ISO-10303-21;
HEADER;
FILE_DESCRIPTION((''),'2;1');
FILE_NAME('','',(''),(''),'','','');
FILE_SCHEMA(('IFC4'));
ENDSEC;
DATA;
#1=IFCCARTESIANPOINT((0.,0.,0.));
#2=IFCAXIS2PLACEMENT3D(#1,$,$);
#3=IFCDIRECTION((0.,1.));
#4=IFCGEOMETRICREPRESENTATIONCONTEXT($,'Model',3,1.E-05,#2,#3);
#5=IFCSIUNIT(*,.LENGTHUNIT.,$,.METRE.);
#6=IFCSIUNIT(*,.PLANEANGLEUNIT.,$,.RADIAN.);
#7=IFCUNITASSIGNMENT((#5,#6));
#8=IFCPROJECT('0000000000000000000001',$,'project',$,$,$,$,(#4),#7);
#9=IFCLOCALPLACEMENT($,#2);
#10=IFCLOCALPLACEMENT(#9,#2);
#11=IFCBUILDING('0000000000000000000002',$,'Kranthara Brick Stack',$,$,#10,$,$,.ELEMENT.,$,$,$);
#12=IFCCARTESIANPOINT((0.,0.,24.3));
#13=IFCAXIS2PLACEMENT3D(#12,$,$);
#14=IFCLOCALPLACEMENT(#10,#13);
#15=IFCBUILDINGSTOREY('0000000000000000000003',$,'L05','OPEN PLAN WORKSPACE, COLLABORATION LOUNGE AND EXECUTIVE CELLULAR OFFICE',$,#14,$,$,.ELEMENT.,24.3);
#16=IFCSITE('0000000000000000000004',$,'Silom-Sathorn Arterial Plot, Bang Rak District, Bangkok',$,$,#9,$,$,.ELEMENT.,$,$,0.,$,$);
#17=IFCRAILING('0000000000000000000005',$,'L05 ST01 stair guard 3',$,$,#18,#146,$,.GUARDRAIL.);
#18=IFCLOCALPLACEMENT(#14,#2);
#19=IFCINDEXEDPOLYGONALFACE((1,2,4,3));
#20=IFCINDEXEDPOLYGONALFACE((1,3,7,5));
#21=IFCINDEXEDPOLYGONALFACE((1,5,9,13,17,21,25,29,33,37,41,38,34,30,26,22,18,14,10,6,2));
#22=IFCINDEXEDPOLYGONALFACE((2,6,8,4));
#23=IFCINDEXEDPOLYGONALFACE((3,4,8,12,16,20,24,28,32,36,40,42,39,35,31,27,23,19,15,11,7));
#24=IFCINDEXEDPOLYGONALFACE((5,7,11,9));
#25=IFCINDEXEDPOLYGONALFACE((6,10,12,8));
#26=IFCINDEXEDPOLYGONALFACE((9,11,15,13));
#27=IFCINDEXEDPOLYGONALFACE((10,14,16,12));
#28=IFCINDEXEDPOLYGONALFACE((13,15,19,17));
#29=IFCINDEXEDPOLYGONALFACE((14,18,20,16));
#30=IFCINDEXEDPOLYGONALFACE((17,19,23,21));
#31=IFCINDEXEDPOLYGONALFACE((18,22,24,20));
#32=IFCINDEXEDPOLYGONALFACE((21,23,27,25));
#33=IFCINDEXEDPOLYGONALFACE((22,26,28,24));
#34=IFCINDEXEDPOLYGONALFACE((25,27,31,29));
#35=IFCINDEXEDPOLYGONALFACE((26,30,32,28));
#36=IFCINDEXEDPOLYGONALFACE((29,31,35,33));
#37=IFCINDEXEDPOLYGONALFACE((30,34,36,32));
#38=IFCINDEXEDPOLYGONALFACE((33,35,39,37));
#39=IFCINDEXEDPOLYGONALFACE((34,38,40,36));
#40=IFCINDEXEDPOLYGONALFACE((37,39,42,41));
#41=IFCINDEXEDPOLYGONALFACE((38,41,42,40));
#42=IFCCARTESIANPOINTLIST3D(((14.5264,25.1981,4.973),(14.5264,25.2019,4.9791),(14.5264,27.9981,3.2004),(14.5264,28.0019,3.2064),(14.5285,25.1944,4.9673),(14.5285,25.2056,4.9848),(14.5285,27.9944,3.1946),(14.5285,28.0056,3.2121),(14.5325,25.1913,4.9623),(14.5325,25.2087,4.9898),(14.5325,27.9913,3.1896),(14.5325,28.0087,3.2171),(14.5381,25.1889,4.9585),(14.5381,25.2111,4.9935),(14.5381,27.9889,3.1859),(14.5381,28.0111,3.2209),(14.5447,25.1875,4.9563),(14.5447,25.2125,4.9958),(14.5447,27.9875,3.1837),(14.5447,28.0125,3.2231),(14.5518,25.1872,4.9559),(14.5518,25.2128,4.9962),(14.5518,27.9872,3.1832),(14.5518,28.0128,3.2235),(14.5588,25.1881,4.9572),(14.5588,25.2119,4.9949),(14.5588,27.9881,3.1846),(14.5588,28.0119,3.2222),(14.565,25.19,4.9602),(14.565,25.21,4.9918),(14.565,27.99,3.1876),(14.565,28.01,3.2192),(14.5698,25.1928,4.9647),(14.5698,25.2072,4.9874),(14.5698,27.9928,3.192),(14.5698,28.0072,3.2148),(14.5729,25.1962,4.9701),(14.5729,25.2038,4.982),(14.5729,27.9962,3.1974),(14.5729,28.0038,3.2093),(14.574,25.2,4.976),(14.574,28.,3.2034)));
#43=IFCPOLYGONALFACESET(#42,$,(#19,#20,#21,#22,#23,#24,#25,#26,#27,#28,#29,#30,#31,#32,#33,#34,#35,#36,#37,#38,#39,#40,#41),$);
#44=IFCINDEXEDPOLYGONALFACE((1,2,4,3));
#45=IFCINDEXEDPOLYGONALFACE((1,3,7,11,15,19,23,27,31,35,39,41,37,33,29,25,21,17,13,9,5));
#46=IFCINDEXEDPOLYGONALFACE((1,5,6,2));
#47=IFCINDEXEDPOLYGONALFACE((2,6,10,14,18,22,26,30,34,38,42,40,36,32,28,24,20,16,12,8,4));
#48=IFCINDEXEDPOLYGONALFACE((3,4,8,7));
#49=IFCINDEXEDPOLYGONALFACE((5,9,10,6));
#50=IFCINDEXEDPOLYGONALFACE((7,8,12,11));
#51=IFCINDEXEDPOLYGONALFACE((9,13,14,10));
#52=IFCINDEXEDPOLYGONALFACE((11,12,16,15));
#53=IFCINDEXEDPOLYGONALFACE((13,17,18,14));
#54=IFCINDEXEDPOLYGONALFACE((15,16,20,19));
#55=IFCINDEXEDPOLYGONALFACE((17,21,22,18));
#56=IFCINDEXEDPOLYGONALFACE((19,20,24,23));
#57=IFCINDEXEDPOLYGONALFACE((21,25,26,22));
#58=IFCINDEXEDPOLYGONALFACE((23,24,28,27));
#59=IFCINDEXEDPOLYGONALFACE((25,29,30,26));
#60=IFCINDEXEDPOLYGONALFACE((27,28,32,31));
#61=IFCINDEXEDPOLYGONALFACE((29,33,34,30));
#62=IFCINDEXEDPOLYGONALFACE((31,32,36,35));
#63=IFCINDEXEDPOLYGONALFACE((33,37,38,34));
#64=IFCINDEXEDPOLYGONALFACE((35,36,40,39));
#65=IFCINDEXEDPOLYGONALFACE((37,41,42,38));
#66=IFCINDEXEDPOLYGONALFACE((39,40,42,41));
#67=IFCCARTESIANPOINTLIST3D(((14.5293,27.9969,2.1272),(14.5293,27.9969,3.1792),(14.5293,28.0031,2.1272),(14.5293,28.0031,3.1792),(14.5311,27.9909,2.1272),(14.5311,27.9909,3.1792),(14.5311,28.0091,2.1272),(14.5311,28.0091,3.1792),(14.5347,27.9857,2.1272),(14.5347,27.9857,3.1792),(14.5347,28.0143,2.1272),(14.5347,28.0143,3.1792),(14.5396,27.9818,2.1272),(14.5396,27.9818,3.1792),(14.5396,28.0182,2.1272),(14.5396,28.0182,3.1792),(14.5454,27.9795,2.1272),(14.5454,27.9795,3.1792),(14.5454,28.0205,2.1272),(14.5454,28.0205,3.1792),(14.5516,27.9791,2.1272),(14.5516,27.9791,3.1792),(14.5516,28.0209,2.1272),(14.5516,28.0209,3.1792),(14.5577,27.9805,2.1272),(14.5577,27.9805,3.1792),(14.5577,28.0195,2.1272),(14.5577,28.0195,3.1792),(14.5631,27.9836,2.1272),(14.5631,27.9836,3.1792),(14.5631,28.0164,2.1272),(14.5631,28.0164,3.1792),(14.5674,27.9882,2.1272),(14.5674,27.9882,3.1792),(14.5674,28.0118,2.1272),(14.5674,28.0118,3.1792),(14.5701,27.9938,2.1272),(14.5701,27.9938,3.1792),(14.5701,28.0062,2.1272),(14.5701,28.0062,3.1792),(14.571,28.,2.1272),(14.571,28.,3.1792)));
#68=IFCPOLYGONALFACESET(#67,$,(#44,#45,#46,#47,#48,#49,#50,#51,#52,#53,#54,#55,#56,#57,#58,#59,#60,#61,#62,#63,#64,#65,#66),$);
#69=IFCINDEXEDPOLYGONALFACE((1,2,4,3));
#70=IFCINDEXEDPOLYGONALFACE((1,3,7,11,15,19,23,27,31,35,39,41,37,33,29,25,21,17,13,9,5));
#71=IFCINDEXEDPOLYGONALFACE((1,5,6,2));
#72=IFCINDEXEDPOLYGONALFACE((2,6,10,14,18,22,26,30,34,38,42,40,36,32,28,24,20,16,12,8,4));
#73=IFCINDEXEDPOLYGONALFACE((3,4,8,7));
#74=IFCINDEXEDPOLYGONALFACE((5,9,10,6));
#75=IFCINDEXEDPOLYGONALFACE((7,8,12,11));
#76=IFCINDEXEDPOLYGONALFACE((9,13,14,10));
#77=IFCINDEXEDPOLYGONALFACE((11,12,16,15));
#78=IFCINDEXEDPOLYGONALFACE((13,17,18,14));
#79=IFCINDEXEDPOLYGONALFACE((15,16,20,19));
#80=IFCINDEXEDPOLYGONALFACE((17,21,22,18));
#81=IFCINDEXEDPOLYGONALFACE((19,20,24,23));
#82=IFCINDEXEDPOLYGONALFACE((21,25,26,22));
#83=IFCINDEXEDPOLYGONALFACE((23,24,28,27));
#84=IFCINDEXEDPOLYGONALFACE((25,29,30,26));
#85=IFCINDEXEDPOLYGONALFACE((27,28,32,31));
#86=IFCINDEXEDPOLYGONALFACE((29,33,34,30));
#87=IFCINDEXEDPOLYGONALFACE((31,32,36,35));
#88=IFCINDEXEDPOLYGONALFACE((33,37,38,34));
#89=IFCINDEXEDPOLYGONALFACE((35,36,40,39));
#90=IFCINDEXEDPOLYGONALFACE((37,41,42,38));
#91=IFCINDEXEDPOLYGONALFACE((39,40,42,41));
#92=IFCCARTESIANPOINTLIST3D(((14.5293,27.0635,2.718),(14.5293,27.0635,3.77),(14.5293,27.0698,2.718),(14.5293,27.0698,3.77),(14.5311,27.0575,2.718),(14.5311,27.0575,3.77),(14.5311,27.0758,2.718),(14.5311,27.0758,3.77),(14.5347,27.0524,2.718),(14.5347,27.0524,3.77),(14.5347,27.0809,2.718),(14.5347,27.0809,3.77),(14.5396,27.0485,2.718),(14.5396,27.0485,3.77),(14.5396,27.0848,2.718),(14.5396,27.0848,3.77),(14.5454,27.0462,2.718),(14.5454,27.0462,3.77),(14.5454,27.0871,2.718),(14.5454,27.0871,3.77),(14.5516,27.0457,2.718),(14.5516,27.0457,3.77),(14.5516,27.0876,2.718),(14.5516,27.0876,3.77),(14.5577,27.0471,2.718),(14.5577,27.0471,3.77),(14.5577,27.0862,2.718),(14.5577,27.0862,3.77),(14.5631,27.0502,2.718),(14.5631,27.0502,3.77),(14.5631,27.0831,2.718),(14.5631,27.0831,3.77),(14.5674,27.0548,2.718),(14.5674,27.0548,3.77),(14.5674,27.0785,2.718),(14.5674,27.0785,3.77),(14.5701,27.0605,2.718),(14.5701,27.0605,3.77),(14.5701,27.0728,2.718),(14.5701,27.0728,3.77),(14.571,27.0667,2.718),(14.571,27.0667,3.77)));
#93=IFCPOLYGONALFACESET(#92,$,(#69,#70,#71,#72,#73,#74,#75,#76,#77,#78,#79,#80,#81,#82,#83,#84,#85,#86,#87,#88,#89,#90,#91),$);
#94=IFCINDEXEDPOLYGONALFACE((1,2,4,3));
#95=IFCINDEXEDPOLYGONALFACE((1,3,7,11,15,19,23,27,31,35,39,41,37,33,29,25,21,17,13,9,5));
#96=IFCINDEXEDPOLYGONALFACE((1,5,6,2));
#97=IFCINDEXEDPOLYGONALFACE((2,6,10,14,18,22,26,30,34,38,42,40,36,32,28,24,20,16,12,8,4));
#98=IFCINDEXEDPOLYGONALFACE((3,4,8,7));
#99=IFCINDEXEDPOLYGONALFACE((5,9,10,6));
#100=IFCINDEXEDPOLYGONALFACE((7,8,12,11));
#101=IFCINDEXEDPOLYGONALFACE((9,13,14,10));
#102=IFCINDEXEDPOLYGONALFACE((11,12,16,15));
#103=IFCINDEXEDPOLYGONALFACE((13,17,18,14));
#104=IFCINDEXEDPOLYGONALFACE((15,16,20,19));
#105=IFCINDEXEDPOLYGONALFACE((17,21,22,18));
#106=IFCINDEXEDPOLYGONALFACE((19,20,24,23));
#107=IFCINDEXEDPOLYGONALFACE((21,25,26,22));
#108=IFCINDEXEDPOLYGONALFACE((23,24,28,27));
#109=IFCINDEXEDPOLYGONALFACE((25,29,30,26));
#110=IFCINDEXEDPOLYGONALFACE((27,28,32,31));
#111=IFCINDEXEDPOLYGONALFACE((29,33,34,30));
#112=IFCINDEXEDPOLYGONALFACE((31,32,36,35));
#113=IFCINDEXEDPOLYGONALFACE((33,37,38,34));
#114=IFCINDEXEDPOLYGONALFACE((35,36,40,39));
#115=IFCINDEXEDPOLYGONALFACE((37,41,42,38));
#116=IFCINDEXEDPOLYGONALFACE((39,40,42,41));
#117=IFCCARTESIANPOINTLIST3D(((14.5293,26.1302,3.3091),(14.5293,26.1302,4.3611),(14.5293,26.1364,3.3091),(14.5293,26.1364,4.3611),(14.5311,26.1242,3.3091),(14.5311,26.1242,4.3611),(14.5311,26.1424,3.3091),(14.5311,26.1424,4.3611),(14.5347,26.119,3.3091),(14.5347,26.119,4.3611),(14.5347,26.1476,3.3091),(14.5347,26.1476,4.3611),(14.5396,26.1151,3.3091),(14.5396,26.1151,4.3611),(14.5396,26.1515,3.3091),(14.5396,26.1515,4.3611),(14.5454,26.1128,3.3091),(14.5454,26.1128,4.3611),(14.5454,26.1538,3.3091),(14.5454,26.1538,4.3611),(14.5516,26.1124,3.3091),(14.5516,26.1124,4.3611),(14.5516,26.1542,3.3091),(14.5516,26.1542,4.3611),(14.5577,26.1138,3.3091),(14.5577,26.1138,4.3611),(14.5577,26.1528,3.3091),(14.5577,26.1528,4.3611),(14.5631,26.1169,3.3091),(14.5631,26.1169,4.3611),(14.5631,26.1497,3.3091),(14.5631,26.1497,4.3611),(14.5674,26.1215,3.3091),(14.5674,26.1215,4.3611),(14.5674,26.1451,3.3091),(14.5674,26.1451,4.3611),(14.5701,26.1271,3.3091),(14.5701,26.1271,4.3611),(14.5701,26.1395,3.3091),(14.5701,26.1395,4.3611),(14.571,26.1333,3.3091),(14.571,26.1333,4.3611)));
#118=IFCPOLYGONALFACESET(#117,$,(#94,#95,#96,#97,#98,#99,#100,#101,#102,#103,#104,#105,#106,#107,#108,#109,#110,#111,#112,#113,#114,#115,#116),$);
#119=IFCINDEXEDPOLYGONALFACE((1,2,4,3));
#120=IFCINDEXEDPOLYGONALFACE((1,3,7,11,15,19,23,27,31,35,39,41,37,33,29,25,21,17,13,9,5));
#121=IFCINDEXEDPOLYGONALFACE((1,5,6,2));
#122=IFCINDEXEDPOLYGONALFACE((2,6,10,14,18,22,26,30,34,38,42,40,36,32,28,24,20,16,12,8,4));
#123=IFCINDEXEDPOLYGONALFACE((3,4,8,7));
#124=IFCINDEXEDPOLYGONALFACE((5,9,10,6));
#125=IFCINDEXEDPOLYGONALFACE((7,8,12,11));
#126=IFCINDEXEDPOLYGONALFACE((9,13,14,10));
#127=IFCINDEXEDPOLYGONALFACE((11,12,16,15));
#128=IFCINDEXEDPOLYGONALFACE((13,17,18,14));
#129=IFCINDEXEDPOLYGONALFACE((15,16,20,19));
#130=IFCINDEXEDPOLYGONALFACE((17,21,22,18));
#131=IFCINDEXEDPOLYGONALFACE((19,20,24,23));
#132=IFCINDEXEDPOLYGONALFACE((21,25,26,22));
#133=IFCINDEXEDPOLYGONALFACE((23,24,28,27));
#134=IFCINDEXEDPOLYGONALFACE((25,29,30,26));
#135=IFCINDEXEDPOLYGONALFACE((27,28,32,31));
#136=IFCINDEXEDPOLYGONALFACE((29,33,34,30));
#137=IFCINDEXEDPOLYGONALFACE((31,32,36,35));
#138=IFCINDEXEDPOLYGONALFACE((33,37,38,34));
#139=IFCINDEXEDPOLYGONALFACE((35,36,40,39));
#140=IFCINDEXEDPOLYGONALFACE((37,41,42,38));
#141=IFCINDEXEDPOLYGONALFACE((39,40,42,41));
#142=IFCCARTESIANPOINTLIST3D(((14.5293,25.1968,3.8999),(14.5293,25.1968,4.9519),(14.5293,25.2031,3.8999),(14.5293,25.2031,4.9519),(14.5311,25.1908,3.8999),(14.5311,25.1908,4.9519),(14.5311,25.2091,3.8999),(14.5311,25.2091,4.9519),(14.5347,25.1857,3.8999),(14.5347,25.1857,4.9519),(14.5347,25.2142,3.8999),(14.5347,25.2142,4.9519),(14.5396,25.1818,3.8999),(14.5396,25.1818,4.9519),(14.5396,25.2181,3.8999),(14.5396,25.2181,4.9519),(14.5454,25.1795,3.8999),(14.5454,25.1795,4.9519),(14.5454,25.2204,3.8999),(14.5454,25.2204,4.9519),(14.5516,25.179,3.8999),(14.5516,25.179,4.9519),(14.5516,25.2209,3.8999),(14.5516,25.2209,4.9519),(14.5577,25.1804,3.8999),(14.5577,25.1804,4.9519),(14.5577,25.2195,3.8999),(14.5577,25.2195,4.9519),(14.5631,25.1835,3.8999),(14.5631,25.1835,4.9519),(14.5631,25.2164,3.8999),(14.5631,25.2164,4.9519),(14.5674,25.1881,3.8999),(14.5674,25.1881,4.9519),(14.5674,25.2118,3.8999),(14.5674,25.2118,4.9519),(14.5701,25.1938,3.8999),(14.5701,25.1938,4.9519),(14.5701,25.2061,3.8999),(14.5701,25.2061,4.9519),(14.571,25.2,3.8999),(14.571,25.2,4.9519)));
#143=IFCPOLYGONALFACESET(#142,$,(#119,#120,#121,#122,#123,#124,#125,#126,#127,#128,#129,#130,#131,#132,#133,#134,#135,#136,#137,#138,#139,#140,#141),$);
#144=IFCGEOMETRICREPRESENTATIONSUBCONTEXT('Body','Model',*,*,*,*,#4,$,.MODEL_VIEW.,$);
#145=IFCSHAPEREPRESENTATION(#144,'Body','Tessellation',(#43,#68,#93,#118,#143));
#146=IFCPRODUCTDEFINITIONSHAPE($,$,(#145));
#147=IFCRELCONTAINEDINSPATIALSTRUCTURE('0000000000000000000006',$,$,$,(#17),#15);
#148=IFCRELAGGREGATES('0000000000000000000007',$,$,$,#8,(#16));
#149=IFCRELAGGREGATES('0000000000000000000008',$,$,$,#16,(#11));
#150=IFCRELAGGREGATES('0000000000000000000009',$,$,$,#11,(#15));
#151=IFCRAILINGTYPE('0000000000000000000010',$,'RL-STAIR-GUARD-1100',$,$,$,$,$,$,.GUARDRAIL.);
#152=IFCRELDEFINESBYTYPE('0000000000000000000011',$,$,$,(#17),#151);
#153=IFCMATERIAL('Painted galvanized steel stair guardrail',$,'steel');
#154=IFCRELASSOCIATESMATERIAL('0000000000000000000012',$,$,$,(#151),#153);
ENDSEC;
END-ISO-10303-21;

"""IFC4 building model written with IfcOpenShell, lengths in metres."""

from ifc_helpers import new_model, si_unit, direction, frame, origin, origin_2d, place, context, subcontext, project, spatial, circle, extrude, material, type_object, element, save


model = new_model("IFC4")

# Units and contexts
model_context = context("Model", 3, precision=1e-05, world=origin(), true_north=direction((0.0, 1.0)))
body_context = subcontext(model_context, "Body", "Model", "MODEL_VIEW")
ifc_project = project(units=[si_unit("LENGTHUNIT", "METRE"), si_unit("PLANEANGLEUNIT", "RADIAN")], contexts=[model_context])

# Site, building, storey
site_placement = place(None, origin())
site = spatial("IfcSite", under=ifc_project, at=site_placement, Name="Silom-Sathorn Arterial Plot, Bang Rak District, Bangkok", CompositionType="ELEMENT", RefElevation=0.0)
building_placement = place(site_placement, origin())
building = spatial("IfcBuilding", under=site, at=building_placement, Name="Kranthara Brick Stack", CompositionType="ELEMENT")
storey_placement = place(building_placement, frame((0.0, 0.0, 24.3)))
storey = spatial("IfcBuildingStorey", under=building, at=storey_placement, Name="L05", Description="OPEN PLAN WORKSPACE, COLLABORATION LOUNGE AND EXECUTIVE CELLULAR OFFICE", CompositionType="ELEMENT", Elevation=24.3)

# Railing
ifc_material_1 = material(Name="Painted galvanized steel stair guardrail", Category="steel")
railing_type_1 = type_object("IfcRailingType", Name="RL-STAIR-GUARD-1100", PredefinedType="GUARDRAIL", material=ifc_material_1)
railing_1_placement = place(storey_placement, frame((14.55, 28.0, 2.1272)))
element("IfcRailing", 1, at=railing_1_placement, inside=storey, type_object=railing_type_1, Name="L05 ST01 stair guard 3", PredefinedType="GUARDRAIL", context=body_context, shape_type="SweptSolid", body=[
    extrude(circle(Radius=0.0239, at=origin_2d()), frame((0.0, 0.0, 1.0762), z_axis=(0.0, -0.844909, 0.53491), x_axis=(1.0, 0.0, 0.0)), (0.0, 0.0, 1.0), 3.314),
    extrude(circle(Radius=0.021, at=origin_2d()), origin(), (0.0, 0.0, 1.0), 1.052),
    extrude(circle(Radius=0.021, at=origin_2d()), frame((0.0, -0.9333, 0.5908)), (0.0, 0.0, 1.0), 1.052),
    extrude(circle(Radius=0.021, at=origin_2d()), frame((0.0, -1.8667, 1.1819)), (0.0, 0.0, 1.0), 1.052),
    extrude(circle(Radius=0.021, at=origin_2d()), frame((0.0, -2.8, 1.7727)), (0.0, 0.0, 1.0), 1.052),
])

save(model, "model.ifc")
